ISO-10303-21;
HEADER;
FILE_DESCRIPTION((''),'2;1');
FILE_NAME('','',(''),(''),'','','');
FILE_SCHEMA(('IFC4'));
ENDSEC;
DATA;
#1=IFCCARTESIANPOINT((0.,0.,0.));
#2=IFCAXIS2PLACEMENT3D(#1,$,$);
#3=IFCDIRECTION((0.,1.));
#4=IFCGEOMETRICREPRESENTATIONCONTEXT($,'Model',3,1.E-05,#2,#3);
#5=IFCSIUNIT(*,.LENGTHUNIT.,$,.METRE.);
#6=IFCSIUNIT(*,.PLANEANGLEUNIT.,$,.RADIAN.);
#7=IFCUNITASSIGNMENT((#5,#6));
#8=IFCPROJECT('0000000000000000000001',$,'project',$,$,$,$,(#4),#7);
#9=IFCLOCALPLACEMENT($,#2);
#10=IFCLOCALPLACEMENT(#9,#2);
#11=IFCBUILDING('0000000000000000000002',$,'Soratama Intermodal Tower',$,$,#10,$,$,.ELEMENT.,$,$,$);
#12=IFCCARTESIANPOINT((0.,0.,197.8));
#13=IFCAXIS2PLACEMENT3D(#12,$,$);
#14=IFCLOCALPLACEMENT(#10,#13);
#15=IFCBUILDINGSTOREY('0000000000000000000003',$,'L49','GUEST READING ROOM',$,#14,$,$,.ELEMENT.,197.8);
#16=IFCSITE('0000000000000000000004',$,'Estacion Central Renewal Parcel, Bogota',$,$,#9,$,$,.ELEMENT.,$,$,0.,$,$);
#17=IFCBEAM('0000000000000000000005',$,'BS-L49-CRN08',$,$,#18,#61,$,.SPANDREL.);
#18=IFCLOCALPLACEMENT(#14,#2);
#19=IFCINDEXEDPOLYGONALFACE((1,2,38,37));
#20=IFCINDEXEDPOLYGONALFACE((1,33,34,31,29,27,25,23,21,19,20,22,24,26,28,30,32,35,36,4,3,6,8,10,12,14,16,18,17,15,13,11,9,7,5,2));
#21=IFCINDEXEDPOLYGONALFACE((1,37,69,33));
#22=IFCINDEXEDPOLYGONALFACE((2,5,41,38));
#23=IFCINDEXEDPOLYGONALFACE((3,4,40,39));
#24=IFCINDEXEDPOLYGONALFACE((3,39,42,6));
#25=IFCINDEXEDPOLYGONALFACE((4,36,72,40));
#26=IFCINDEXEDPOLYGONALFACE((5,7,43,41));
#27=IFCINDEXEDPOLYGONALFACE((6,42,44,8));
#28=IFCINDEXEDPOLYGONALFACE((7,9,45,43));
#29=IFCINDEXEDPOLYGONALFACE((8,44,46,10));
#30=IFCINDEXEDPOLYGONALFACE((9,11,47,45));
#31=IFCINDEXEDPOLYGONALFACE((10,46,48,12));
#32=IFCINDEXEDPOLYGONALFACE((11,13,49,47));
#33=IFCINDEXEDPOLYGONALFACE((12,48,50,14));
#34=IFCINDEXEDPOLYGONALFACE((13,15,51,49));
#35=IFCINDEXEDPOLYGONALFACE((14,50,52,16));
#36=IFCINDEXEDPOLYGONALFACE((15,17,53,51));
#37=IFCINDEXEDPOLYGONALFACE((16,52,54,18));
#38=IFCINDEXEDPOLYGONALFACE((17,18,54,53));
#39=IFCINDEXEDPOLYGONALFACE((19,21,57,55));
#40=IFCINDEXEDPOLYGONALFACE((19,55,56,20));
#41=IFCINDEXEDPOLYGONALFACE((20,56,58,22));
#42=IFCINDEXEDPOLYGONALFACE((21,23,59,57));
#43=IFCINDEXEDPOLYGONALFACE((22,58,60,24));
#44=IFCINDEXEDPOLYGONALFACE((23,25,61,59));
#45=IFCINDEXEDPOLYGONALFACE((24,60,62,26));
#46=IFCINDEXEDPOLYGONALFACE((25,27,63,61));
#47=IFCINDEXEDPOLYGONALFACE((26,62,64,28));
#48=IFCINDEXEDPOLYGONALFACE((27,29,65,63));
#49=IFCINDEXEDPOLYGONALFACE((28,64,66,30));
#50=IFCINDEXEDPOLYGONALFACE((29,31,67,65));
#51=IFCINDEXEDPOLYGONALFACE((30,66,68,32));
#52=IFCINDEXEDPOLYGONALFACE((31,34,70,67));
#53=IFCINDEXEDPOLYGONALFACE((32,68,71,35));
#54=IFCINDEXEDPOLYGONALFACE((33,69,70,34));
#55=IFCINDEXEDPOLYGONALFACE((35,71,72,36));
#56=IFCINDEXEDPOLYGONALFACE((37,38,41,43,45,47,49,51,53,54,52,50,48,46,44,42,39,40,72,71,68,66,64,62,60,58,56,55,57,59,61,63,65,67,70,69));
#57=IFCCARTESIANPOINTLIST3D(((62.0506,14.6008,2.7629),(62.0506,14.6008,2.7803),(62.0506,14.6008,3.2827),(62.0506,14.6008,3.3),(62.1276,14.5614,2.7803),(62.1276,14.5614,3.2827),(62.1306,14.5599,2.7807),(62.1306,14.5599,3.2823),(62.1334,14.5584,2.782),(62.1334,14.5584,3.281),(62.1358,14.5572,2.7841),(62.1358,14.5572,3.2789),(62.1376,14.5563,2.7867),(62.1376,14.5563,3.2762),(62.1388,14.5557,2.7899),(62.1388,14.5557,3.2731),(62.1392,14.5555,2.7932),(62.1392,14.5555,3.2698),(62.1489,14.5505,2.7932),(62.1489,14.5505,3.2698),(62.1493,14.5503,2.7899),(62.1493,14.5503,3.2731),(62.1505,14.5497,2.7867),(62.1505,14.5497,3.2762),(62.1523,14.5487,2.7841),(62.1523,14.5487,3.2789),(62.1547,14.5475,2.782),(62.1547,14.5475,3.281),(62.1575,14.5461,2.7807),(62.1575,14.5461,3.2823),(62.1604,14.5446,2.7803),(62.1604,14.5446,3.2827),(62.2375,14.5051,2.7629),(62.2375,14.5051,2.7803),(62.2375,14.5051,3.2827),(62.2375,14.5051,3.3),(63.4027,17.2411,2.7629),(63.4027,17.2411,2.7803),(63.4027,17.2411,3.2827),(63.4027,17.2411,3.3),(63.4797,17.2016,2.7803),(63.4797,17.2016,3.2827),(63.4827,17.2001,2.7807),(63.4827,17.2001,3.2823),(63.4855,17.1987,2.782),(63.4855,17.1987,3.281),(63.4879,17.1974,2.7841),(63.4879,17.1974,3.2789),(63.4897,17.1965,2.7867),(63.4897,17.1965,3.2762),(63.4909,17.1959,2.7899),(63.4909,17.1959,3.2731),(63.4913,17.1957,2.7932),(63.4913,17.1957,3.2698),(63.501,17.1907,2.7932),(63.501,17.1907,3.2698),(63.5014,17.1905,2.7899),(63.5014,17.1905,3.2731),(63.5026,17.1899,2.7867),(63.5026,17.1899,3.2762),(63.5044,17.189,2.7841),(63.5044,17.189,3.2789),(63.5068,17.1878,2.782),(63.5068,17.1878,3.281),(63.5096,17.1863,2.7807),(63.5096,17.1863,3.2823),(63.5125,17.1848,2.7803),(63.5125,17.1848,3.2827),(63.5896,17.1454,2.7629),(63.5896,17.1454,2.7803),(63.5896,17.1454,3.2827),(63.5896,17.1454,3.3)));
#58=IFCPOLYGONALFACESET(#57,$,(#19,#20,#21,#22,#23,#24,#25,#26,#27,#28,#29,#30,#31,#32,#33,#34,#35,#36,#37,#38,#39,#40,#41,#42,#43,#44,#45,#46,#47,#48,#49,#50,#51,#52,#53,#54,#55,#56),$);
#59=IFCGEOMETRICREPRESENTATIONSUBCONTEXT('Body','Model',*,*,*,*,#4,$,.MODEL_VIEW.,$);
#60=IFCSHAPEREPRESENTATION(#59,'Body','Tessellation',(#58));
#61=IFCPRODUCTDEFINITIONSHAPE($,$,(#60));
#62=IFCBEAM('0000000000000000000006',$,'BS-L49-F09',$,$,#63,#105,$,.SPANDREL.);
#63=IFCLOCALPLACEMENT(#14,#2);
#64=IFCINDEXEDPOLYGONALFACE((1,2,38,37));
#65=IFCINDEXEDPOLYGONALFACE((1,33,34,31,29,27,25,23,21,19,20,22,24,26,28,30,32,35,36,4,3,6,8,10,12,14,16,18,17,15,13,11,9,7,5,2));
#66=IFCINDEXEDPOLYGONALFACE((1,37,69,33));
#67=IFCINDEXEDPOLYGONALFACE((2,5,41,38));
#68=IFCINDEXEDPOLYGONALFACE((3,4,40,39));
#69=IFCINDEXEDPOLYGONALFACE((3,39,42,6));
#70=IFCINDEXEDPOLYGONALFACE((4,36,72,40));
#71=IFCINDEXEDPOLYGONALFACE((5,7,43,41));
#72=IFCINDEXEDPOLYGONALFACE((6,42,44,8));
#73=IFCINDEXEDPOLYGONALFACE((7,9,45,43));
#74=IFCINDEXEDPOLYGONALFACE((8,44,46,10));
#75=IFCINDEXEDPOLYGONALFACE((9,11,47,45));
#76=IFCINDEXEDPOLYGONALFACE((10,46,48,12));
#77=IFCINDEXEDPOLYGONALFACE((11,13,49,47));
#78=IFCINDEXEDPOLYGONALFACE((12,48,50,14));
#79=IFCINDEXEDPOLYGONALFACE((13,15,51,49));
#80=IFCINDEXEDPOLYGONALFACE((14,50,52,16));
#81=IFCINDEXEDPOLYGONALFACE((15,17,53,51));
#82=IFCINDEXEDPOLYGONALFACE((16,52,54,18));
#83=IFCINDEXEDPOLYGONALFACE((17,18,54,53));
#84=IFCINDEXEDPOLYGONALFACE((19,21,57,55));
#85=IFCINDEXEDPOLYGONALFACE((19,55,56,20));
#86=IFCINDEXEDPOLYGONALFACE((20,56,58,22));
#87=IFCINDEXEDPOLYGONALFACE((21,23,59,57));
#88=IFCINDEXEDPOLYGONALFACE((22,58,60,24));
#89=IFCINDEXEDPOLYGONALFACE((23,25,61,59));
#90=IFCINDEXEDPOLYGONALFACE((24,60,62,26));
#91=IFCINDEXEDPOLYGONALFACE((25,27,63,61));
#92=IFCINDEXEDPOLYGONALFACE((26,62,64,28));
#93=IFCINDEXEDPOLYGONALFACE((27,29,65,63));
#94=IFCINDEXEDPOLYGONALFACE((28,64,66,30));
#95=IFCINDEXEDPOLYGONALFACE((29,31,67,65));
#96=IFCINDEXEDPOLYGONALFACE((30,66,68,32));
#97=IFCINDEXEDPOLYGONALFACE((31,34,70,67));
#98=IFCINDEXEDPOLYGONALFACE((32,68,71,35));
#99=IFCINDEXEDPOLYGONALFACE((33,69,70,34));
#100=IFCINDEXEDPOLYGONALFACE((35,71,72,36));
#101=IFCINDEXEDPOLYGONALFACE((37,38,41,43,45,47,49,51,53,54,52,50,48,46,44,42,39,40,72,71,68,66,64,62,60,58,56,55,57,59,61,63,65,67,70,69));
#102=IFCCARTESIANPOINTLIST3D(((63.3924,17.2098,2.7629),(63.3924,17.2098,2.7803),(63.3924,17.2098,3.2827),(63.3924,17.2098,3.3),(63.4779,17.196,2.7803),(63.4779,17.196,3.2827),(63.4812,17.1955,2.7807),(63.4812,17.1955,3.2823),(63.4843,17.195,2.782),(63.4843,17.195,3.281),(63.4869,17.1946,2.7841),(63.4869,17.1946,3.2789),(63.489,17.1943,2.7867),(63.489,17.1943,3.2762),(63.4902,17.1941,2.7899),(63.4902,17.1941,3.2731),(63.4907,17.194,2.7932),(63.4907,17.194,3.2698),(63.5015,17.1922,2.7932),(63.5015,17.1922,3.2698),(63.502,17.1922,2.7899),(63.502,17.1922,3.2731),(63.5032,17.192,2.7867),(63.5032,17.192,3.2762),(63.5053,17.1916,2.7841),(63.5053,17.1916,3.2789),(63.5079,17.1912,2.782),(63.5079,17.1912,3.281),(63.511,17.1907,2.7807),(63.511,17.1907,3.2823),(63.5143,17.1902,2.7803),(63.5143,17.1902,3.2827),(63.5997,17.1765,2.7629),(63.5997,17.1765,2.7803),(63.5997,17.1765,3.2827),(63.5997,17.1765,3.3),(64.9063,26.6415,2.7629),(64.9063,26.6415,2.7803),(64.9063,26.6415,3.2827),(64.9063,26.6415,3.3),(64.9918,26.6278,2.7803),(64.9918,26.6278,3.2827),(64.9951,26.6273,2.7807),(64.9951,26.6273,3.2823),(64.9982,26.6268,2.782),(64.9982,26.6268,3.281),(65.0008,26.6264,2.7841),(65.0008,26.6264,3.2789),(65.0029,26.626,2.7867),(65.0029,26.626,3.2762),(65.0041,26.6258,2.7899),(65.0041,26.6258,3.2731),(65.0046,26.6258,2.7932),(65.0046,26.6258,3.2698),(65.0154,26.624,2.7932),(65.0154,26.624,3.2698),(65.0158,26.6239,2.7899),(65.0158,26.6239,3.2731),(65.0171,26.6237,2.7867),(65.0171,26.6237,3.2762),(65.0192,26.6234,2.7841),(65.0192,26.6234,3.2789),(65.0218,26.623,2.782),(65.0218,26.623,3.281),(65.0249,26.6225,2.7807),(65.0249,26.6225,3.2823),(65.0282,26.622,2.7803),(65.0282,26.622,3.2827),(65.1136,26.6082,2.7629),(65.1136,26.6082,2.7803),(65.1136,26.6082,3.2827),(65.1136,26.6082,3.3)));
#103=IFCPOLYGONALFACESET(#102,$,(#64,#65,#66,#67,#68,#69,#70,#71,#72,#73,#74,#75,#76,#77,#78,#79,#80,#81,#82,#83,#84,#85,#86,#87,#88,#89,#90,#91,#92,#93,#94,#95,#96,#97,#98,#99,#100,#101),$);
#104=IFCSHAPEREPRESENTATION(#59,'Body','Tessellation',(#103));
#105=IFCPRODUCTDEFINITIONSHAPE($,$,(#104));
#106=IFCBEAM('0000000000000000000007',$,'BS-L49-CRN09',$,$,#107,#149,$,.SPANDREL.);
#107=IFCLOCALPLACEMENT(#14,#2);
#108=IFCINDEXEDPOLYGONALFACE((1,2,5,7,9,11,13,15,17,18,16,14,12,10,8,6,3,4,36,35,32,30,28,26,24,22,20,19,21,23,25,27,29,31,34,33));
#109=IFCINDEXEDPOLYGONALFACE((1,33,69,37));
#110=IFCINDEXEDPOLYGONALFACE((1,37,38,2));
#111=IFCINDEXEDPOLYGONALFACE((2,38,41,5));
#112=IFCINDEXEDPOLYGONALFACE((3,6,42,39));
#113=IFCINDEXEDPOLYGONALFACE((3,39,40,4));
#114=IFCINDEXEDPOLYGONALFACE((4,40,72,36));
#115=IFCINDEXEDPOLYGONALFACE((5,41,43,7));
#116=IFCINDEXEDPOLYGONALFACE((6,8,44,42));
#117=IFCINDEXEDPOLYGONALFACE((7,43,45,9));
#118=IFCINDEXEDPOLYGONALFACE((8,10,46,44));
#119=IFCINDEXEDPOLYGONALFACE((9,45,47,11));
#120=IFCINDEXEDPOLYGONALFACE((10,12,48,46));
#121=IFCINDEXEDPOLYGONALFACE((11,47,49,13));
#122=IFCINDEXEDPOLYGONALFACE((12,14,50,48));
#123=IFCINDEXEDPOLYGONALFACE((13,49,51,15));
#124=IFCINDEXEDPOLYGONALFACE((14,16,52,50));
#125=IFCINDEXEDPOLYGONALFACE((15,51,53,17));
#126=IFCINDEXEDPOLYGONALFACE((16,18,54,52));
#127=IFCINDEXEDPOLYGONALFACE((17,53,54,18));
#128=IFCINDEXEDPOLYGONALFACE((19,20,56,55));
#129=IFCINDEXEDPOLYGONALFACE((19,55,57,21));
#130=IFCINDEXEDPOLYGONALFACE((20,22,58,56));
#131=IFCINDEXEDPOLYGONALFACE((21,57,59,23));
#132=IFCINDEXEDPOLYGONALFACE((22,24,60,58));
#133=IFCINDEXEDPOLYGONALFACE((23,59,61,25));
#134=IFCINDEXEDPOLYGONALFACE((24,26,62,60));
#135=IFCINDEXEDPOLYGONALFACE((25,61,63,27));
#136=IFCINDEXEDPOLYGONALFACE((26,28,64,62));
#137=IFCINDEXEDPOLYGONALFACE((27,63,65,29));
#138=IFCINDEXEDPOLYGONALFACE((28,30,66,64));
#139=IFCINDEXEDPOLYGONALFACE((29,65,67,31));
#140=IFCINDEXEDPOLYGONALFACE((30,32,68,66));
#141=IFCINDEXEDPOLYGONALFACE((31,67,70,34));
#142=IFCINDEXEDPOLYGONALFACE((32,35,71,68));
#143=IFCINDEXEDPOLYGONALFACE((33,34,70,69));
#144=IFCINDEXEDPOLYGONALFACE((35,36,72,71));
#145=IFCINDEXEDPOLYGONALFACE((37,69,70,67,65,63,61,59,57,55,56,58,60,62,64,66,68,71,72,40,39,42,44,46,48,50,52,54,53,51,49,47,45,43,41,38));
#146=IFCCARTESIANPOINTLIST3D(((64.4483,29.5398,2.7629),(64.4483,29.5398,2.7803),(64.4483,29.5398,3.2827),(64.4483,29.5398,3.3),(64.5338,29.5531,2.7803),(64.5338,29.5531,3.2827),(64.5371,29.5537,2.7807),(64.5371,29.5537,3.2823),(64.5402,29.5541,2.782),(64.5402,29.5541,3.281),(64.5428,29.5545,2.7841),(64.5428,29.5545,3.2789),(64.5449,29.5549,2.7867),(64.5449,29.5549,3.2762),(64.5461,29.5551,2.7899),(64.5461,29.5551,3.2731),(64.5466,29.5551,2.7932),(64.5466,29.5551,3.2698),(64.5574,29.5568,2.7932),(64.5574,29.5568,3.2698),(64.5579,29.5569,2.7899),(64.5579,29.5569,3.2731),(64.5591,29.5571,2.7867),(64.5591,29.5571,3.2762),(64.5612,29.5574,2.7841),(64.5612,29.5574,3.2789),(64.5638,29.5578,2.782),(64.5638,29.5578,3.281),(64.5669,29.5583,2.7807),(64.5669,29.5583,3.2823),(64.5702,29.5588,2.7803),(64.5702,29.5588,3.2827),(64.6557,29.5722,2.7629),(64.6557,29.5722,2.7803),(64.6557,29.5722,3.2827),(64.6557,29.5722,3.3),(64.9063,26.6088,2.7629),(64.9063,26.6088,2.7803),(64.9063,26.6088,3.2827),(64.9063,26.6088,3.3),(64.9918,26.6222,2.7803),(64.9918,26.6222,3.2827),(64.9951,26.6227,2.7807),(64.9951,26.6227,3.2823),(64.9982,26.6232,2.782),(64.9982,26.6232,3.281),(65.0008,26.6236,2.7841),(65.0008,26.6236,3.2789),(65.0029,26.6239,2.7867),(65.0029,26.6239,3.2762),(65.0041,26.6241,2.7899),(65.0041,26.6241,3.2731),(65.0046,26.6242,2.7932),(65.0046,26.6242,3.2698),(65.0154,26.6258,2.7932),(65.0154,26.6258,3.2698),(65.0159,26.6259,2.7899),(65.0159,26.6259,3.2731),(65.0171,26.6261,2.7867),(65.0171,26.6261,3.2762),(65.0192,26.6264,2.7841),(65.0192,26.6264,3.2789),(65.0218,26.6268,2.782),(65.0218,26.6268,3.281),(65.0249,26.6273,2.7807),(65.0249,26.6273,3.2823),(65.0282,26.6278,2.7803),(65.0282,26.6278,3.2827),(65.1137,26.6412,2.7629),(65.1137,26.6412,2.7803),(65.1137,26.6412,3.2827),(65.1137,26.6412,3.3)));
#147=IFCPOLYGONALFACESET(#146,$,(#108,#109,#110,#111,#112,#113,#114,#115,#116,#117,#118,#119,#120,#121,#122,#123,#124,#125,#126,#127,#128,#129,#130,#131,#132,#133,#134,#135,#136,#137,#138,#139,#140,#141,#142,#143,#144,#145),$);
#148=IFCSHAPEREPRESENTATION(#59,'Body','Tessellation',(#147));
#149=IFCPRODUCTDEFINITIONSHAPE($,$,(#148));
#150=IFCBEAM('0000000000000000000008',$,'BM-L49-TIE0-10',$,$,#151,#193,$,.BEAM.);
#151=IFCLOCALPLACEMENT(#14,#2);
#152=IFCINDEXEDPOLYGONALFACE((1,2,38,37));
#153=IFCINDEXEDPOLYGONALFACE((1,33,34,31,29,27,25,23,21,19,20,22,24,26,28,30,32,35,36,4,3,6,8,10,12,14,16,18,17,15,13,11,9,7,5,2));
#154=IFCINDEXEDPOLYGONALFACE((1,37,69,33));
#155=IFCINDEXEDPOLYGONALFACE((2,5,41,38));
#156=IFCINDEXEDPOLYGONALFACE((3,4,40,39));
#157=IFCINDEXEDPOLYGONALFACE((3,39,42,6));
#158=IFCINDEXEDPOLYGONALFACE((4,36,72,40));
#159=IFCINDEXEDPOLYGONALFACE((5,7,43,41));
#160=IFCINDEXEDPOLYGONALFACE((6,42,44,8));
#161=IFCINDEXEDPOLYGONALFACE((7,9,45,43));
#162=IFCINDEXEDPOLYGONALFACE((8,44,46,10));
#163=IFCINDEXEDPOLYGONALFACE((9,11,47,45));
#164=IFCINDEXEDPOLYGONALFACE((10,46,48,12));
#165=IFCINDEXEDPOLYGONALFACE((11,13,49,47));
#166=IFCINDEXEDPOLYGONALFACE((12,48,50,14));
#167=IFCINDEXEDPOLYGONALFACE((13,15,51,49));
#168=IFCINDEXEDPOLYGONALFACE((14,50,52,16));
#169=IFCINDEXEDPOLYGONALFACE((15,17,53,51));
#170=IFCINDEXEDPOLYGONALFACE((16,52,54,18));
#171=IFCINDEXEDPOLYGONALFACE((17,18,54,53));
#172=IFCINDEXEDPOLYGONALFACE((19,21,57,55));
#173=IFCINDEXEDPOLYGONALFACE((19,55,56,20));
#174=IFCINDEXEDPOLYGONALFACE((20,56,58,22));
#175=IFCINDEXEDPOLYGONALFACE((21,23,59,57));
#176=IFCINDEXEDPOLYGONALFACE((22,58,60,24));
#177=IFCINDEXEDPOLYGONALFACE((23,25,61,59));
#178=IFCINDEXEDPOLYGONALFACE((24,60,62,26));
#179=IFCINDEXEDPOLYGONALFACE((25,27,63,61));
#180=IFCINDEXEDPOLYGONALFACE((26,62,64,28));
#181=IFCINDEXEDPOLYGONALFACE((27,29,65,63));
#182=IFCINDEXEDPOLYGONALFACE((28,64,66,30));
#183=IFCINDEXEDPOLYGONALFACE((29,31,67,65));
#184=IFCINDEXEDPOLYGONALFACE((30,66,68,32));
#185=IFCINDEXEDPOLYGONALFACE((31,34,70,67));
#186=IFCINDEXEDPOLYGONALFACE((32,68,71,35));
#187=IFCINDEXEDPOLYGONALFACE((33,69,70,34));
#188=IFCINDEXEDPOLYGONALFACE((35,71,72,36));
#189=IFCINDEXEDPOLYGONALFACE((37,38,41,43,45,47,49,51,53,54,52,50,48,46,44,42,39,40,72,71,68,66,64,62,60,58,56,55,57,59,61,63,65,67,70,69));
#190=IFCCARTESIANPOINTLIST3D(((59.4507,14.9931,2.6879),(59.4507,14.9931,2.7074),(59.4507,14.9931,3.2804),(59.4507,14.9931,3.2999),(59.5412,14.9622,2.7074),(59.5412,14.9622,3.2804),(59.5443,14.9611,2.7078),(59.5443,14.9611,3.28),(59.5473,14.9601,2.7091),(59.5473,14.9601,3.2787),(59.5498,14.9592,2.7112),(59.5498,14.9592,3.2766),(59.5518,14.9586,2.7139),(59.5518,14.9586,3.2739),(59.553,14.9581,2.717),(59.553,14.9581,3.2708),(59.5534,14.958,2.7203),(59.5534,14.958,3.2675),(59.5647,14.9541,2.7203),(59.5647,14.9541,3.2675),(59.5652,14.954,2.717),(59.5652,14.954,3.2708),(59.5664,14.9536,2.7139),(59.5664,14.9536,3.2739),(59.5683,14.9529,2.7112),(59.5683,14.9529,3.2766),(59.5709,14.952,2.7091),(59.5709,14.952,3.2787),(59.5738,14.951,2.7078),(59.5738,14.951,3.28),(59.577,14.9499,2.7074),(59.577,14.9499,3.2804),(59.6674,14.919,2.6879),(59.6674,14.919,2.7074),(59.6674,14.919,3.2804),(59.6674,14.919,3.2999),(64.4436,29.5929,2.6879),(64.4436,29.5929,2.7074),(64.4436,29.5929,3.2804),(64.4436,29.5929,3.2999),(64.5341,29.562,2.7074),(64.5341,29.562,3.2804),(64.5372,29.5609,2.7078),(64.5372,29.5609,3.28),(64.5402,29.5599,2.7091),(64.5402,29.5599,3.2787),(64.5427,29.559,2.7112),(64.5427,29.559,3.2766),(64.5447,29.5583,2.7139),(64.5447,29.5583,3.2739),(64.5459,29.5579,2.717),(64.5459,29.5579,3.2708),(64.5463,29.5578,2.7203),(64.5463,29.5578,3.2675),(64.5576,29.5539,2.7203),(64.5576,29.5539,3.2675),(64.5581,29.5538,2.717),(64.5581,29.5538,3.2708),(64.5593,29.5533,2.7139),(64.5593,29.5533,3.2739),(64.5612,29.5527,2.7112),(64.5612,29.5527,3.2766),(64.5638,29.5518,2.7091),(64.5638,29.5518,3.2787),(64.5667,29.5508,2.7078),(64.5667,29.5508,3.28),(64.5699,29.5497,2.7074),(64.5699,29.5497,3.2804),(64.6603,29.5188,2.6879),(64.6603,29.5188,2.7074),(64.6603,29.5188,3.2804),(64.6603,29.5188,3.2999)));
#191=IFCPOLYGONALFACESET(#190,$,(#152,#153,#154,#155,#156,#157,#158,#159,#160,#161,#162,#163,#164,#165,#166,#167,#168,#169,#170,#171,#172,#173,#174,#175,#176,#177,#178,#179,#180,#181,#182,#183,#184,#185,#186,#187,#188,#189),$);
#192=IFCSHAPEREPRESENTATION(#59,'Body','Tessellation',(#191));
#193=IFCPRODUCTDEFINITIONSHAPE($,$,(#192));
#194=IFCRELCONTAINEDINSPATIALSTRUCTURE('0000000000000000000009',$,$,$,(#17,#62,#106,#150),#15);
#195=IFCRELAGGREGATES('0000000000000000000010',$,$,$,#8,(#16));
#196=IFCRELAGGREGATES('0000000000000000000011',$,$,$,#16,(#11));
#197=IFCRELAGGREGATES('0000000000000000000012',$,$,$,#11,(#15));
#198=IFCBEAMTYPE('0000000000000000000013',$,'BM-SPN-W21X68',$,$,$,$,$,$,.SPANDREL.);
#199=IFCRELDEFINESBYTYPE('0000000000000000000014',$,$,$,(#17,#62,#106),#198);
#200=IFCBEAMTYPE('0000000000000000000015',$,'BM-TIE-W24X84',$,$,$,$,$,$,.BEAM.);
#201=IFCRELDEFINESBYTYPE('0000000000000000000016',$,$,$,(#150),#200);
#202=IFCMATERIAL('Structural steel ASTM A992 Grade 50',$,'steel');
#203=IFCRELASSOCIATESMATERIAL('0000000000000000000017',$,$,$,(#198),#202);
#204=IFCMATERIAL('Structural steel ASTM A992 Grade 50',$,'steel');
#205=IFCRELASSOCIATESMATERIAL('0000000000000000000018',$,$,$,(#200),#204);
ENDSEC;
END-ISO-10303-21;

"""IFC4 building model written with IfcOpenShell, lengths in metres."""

from ifc_helpers import new_model, si_unit, direction, frame, origin, origin_2d, place, context, subcontext, project, spatial, i_section, extrude, material, material_profile, profile_set, type_object, element, save


model = new_model("IFC4")

# Units and contexts
model_context = context("Model", 3, precision=1e-05, world=origin(), true_north=direction((0.0, 1.0)))
body_context = subcontext(model_context, "Body", "Model", "MODEL_VIEW")
ifc_project = project(units=[si_unit("LENGTHUNIT", "METRE"), si_unit("PLANEANGLEUNIT", "RADIAN")], contexts=[model_context])

# Site, building, storey
site_placement = place(None, origin())
site = spatial("IfcSite", under=ifc_project, at=site_placement, Name="Estacion Central Renewal Parcel, Bogota", CompositionType="ELEMENT", RefElevation=0.0)
building_placement = place(site_placement, origin())
building = spatial("IfcBuilding", under=site, at=building_placement, Name="Soratama Intermodal Tower", CompositionType="ELEMENT")
storey_placement = place(building_placement, frame((0.0, 0.0, 197.8)))
storey = spatial("IfcBuildingStorey", under=building, at=storey_placement, Name="L49", Description="GUEST READING ROOM", CompositionType="ELEMENT", Elevation=197.8)

# Beams
ifc_material_1 = material(Name="Structural steel ASTM A992 Grade 50", Category="steel")
ifc_material_profile_1 = material_profile(ifc_material_1, i_section(OverallWidth=0.21, OverallDepth=0.5371, WebThickness=0.011, FlangeThickness=0.0173, FilletRadius=0.0129, at=origin_2d()), Name="W21X68")
ifc_profile_set_1 = profile_set([ifc_material_profile_1], Name="Structural steel ASTM A992 Grade 50")
beam_type_1 = type_object("IfcBeamType", Name="BM-SPN-W21X68", PredefinedType="SPANDREL", material=ifc_profile_set_1)
beam_1_placement = place(storey_placement, frame((62.144, 14.553, 3.0315), z_axis=(0.455819, 0.890073, 0.0), x_axis=(-0.890073, 0.455819, 0.0)))
element("IfcBeam", 1, at=beam_1_placement, inside=storey, type_object=beam_type_1, Name="BS-L49-CRN08", PredefinedType="SPANDREL", context=body_context, shape_type="SweptSolid", body=[
    extrude(i_section(OverallWidth=0.21, OverallDepth=0.5371, WebThickness=0.011, FlangeThickness=0.0173, FilletRadius=0.0129, at=origin_2d()), origin(), (0.0, 0.0, 1.0), 2.9663),
])
beam_2_placement = place(storey_placement, frame((63.4961, 17.1931, 3.0315), z_axis=(0.158482, 0.987362, 0.0), x_axis=(-0.987362, 0.158482, 0.0)))
element("IfcBeam", 2, at=beam_2_placement, inside=storey, type_object=beam_type_1, Name="BS-L49-F09", PredefinedType="SPANDREL", context=body_context, shape_type="SweptSolid", body=[
    extrude(i_section(OverallWidth=0.21, OverallDepth=0.5371, WebThickness=0.011, FlangeThickness=0.0173, FilletRadius=0.0129, at=origin_2d()), origin(), (0.0, 0.0, 1.0), 9.5525),
])
beam_3_placement = place(storey_placement, frame((65.01, 26.625, 3.0315), z_axis=(-0.154394, 0.988009, 0.0), x_axis=(-0.988009, -0.154394, 0.0)))
element("IfcBeam", 3, at=beam_3_placement, inside=storey, type_object=beam_type_1, Name="BS-L49-CRN09", PredefinedType="SPANDREL", context=body_context, shape_type="SweptSolid", body=[
    extrude(i_section(OverallWidth=0.21, OverallDepth=0.5371, WebThickness=0.011, FlangeThickness=0.0173, FilletRadius=0.0129, at=origin_2d()), origin(), (0.0, 0.0, 1.0), 2.9666),
])
ifc_material_2 = material(Name="Structural steel ASTM A992 Grade 50", Category="steel")
ifc_material_profile_2 = material_profile(ifc_material_2, i_section(OverallWidth=0.229, OverallDepth=0.6121, WebThickness=0.012, FlangeThickness=0.0195, FilletRadius=0.0129, at=origin_2d()), Name="W24X84")
ifc_profile_set_2 = profile_set([ifc_material_profile_2], Name="Structural steel ASTM A992 Grade 50")
beam_type_2 = type_object("IfcBeamType", Name="BM-TIE-W24X84", PredefinedType="BEAM", material=ifc_profile_set_2)
beam_4_placement = place(storey_placement, frame((59.5591, 14.9561, 2.9939), z_axis=(0.323585, 0.946199, 0.0), x_axis=(-0.946199, 0.323585, 0.0)))
element("IfcBeam", 4, at=beam_4_placement, inside=storey, type_object=beam_type_2, Name="BM-L49-TIE0-10", PredefinedType="BEAM", context=body_context, shape_type="SweptSolid", body=[
    extrude(i_section(OverallWidth=0.229, OverallDepth=0.6121, WebThickness=0.012, FlangeThickness=0.0195, FilletRadius=0.0129, at=origin_2d()), origin(), (0.0, 0.0, 1.0), 15.4299),
])

save(model, "model.ifc")
